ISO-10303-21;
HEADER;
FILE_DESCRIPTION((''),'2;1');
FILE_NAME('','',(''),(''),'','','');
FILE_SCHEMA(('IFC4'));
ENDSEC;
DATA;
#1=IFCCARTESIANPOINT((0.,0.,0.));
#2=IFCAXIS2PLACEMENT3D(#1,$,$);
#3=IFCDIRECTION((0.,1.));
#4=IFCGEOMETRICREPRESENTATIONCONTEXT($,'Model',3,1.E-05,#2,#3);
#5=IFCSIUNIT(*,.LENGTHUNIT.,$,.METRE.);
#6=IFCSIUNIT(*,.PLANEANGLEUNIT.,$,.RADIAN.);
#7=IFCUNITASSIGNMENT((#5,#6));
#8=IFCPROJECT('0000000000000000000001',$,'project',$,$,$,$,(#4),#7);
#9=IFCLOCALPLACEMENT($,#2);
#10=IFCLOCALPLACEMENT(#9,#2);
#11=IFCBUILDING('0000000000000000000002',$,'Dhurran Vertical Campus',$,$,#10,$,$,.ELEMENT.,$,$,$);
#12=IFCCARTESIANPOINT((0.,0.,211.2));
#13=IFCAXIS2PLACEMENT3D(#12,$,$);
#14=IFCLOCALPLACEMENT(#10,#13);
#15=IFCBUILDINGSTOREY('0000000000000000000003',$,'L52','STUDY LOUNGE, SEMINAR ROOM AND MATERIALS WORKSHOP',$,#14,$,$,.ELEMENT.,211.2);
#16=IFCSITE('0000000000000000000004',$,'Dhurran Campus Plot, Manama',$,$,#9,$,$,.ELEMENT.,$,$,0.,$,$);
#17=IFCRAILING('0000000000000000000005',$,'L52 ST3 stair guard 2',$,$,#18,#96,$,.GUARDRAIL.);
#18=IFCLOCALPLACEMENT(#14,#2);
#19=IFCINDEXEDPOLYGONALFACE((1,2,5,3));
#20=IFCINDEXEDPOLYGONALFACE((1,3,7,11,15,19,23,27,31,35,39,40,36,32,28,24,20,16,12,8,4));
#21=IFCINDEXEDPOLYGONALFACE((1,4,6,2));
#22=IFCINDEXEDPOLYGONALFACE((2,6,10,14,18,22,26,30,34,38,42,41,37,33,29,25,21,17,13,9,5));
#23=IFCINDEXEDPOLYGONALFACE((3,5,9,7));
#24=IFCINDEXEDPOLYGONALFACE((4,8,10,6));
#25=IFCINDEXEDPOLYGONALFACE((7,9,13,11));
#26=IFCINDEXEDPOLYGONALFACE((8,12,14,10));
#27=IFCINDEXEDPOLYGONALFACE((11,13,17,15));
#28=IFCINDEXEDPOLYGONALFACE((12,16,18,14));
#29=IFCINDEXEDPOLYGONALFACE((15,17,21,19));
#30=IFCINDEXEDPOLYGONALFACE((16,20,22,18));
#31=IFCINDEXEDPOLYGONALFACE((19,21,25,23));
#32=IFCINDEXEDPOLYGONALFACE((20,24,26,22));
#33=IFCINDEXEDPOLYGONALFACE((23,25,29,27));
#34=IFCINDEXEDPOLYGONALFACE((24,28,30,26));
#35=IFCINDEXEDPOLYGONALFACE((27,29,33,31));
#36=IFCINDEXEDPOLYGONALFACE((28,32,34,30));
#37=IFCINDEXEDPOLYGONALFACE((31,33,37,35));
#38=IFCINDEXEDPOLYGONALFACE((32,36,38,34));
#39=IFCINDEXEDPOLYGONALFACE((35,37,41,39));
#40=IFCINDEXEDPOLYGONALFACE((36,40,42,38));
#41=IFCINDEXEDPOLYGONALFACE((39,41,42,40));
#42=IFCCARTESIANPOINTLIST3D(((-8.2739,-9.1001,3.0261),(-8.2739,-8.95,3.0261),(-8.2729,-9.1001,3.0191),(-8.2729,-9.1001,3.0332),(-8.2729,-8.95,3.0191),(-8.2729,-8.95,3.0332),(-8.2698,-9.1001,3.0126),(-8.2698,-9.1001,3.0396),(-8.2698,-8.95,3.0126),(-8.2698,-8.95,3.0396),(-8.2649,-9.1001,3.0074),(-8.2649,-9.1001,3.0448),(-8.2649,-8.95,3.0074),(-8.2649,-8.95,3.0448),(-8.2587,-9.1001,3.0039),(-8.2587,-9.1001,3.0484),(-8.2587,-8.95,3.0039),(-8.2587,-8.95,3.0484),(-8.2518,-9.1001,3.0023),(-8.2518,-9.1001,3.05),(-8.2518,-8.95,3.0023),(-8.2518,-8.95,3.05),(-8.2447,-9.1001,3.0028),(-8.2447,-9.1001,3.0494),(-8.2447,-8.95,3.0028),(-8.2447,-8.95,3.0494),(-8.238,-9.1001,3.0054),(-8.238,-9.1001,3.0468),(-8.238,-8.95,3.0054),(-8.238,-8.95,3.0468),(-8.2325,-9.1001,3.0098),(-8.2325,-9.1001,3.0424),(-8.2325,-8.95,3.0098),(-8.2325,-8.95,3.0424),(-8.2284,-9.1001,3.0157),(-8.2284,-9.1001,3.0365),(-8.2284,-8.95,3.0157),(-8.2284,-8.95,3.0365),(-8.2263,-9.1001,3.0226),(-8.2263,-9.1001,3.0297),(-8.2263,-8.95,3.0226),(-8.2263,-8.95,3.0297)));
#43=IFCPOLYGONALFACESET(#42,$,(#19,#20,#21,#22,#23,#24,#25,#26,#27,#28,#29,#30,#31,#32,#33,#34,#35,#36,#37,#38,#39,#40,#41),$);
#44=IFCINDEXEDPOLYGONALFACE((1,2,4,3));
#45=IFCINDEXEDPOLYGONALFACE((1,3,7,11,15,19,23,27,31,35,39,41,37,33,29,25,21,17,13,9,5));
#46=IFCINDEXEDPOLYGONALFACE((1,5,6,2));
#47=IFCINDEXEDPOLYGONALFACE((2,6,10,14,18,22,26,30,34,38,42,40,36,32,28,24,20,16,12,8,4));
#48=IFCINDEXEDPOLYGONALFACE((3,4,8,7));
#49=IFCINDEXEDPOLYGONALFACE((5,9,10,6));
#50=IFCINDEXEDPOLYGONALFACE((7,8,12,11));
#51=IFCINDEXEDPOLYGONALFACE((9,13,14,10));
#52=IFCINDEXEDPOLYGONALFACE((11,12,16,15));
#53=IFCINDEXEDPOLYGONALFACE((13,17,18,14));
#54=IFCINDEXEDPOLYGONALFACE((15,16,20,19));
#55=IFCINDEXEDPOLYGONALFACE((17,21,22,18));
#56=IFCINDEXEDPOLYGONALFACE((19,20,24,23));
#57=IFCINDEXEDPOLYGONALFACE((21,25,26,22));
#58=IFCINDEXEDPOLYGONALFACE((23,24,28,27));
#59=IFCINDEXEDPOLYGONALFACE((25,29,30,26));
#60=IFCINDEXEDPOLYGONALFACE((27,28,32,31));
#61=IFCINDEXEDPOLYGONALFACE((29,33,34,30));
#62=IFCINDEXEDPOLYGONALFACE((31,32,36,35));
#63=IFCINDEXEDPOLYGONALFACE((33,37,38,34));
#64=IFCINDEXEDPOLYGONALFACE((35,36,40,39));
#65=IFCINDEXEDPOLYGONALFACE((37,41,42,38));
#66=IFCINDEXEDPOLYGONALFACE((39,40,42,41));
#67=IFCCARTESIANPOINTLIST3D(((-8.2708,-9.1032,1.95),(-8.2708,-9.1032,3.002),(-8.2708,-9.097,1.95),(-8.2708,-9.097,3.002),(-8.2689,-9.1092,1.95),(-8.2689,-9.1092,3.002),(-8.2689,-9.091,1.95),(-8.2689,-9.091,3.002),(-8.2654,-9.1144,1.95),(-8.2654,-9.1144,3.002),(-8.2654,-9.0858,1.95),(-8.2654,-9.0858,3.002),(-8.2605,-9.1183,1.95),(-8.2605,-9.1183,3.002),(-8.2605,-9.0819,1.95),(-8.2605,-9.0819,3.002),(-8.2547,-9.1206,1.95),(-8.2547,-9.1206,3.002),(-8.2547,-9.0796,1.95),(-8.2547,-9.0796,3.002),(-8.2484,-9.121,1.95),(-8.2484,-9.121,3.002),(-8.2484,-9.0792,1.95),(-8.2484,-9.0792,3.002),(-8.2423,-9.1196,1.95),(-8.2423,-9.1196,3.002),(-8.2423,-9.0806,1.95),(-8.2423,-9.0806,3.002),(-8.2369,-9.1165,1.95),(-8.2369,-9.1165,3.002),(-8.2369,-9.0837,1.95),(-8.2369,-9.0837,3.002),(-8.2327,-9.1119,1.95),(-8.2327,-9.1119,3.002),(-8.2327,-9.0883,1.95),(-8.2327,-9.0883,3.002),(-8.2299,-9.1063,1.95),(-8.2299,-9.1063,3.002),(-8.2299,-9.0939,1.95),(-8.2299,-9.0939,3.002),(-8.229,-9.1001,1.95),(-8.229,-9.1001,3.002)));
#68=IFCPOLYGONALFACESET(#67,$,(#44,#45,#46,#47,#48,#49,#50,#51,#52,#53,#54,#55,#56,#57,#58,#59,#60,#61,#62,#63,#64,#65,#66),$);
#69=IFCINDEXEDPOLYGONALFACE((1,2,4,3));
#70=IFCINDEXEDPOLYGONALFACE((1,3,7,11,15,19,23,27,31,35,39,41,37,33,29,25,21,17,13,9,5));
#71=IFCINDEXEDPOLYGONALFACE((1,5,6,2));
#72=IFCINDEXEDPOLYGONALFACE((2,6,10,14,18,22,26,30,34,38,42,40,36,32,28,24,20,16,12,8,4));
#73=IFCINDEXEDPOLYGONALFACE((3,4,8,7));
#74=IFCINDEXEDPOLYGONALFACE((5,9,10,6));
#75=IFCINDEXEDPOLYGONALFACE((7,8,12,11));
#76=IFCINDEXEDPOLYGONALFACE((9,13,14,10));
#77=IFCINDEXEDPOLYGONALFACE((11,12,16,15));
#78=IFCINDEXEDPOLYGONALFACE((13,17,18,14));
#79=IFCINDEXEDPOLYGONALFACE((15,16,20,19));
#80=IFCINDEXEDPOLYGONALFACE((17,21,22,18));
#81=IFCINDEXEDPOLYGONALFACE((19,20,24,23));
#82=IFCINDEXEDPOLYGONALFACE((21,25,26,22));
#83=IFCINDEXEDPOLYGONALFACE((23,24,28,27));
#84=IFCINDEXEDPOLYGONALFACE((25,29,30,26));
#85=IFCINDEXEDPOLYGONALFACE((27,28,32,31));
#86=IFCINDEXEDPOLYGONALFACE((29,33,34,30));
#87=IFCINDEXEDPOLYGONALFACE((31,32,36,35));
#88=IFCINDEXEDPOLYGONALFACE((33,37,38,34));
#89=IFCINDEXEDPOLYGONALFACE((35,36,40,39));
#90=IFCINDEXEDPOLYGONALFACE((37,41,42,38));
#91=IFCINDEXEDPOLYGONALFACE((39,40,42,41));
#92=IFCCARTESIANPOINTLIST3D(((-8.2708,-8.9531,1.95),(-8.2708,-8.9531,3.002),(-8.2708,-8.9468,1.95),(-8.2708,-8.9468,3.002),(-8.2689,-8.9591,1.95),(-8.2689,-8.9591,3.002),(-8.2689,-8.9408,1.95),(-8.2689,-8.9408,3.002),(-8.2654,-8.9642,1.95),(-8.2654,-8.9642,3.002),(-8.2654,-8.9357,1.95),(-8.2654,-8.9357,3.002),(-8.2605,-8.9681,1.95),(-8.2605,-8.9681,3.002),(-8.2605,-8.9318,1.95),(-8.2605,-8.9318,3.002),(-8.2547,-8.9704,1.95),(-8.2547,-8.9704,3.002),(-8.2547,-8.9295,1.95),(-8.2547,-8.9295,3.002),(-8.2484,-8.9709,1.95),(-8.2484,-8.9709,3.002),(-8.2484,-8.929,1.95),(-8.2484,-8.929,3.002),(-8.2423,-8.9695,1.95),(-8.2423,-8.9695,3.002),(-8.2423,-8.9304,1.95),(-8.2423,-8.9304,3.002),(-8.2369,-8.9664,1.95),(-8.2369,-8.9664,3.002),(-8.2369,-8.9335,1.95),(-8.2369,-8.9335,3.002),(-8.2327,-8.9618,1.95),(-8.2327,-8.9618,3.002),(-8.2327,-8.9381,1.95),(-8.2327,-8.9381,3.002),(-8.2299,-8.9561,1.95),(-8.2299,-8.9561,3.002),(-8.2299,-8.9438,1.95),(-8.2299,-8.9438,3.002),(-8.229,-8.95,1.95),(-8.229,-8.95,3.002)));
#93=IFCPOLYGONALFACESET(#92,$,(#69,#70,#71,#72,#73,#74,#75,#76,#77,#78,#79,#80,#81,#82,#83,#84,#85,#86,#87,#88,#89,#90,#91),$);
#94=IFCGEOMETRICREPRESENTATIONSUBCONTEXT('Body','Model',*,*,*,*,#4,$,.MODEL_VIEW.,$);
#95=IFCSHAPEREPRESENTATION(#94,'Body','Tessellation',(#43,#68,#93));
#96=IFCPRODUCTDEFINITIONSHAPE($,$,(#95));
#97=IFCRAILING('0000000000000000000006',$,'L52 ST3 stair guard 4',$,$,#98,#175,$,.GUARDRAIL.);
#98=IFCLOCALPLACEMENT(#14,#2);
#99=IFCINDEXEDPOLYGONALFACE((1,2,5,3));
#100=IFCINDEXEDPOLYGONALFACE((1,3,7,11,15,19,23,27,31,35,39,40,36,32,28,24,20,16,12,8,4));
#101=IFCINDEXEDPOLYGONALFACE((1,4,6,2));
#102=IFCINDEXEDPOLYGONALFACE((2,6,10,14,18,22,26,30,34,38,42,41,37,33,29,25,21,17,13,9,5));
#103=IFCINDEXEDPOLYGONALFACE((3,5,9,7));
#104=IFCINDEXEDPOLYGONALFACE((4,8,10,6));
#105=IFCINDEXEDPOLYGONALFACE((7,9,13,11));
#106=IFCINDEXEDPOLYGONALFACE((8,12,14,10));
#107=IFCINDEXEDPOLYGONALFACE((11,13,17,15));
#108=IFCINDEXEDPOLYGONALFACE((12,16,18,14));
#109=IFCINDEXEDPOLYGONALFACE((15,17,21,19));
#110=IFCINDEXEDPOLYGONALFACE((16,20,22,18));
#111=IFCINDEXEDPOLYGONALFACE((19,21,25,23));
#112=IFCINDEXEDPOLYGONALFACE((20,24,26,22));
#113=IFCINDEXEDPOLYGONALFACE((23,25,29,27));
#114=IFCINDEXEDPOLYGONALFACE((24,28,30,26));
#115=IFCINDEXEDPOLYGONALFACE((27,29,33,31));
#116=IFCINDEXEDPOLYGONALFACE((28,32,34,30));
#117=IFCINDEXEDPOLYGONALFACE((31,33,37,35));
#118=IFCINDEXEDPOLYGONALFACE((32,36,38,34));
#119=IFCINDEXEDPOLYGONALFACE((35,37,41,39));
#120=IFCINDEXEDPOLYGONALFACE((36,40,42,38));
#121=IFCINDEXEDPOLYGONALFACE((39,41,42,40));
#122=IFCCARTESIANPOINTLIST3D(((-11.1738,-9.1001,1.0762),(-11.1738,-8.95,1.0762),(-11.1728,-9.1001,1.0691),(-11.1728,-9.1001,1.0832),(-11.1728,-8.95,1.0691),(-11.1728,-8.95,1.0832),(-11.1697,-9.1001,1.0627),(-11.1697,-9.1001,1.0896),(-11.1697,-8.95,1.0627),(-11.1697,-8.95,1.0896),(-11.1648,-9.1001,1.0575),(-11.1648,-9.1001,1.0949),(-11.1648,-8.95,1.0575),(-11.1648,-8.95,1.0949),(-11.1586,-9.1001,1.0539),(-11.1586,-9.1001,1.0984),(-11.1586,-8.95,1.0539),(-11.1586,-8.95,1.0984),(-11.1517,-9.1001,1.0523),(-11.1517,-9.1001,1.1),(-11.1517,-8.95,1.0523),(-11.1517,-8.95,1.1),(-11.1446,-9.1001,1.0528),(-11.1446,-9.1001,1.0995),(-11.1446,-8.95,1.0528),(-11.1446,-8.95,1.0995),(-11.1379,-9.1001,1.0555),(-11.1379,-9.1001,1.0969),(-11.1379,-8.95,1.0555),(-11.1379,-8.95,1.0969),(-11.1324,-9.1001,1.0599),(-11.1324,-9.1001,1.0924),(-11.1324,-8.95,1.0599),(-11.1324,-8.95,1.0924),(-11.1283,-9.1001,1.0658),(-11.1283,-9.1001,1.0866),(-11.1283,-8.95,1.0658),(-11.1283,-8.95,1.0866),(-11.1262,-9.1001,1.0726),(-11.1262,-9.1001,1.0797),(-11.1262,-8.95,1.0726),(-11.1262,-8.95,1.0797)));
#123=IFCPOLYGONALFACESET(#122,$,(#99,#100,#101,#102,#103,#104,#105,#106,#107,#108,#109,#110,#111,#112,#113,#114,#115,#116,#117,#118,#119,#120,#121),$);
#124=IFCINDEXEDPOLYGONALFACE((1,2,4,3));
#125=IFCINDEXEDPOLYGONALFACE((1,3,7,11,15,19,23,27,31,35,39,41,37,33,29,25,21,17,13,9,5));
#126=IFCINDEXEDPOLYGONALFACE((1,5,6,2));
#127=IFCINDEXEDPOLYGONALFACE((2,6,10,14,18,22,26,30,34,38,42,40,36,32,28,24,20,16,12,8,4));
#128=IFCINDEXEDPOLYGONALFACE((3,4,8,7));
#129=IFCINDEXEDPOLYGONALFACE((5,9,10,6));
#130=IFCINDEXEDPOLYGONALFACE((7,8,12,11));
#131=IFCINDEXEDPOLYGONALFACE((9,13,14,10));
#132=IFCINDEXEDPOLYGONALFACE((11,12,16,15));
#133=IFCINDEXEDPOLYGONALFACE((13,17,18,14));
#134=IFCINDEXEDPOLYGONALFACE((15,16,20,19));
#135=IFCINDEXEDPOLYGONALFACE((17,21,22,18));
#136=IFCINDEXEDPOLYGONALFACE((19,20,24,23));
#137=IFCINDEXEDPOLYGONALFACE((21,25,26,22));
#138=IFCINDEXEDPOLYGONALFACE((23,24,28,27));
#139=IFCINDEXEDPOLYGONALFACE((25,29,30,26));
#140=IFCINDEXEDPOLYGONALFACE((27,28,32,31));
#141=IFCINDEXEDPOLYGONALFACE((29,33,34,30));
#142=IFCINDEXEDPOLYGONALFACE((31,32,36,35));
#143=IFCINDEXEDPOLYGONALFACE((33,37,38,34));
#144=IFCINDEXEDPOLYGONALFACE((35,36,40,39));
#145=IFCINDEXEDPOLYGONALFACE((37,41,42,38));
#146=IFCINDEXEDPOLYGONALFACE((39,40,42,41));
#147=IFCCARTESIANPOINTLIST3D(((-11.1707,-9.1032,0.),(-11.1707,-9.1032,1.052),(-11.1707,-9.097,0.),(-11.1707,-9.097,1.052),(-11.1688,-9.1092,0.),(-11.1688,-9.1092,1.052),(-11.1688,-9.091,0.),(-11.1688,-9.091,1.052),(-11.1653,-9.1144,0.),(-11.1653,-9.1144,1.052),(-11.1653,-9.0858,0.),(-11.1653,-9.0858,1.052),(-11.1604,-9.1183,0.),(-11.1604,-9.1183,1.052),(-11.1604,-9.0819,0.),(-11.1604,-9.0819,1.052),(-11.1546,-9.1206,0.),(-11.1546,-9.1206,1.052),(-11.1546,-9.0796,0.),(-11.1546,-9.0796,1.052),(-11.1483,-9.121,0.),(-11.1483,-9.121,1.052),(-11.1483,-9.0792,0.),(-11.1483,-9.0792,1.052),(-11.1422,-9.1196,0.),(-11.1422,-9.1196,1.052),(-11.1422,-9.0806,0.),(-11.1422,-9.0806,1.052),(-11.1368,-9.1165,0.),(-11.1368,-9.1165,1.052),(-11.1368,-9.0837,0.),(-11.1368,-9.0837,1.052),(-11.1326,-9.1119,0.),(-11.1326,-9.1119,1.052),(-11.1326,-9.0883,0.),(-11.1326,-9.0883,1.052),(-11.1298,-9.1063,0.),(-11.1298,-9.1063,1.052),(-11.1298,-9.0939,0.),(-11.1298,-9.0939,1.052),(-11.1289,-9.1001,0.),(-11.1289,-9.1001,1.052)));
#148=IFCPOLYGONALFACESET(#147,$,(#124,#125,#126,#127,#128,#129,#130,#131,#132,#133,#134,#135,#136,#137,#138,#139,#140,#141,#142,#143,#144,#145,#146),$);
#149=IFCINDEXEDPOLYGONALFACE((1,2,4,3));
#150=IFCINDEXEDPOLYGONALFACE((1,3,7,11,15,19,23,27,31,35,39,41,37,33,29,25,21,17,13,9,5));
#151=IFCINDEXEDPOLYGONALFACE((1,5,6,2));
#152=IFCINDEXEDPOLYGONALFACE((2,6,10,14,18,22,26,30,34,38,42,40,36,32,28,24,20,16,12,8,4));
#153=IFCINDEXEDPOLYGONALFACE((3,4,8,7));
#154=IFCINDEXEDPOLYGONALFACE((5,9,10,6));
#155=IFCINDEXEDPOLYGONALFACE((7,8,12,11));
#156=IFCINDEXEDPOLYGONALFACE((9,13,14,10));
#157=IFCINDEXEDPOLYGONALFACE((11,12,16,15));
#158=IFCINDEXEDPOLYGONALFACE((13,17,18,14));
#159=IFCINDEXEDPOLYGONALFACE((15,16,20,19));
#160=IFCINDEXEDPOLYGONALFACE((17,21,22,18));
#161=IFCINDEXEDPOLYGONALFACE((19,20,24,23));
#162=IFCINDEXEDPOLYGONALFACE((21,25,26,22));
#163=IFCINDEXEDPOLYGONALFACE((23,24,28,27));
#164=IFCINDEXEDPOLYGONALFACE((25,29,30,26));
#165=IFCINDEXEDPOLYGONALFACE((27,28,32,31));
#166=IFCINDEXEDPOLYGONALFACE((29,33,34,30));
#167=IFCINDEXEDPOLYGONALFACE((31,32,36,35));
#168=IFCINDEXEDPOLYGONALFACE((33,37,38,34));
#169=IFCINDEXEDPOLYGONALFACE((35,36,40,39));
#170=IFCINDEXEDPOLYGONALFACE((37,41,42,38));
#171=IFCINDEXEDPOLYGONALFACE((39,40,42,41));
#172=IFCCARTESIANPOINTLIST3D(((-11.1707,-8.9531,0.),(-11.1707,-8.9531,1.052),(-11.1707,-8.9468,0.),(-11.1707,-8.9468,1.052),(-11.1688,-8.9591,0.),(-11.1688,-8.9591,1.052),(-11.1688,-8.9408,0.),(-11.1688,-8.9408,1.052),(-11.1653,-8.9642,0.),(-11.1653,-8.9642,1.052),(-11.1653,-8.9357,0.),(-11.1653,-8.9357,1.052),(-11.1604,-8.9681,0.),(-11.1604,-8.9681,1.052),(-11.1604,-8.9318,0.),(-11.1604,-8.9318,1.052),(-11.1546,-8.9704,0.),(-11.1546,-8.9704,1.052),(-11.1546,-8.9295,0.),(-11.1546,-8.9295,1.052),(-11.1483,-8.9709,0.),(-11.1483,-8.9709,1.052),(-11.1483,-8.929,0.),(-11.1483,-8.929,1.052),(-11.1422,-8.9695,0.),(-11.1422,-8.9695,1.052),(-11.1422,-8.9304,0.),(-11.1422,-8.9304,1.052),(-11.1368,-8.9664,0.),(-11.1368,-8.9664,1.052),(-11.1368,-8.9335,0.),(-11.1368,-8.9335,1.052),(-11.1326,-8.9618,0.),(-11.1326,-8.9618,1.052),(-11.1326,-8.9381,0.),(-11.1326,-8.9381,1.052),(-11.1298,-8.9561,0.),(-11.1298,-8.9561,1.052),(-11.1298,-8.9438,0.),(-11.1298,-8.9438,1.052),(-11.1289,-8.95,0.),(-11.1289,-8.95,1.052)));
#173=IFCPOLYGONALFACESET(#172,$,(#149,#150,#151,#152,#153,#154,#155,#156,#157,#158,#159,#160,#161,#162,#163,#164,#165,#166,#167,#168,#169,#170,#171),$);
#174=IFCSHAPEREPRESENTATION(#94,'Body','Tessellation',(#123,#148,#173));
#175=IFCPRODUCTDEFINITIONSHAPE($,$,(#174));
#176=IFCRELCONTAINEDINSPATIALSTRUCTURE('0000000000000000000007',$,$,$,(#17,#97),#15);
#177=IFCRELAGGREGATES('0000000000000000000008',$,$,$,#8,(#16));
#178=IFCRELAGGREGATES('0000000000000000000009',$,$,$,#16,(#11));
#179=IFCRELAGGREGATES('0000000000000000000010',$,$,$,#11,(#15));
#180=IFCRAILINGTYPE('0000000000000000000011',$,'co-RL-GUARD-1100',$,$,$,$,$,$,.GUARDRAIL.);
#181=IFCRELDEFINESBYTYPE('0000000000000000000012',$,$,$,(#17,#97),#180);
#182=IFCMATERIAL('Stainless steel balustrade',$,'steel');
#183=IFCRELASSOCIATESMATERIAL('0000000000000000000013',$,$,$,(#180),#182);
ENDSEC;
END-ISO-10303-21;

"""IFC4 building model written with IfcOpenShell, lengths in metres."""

from ifc_helpers import new_model, si_unit, direction, frame, origin, origin_2d, place, context, subcontext, project, spatial, circle, extrude, material, type_object, element, save


model = new_model("IFC4")

# Units and contexts
model_context = context("Model", 3, precision=1e-05, world=origin(), true_north=direction((0.0, 1.0)))
body_context = subcontext(model_context, "Body", "Model", "MODEL_VIEW")
ifc_project = project(units=[si_unit("LENGTHUNIT", "METRE"), si_unit("PLANEANGLEUNIT", "RADIAN")], contexts=[model_context])

# Site, building, storey
site_placement = place(None, origin())
site = spatial("IfcSite", under=ifc_project, at=site_placement, Name="Dhurran Campus Plot, Manama", CompositionType="ELEMENT", RefElevation=0.0)
building_placement = place(site_placement, origin())
building = spatial("IfcBuilding", under=site, at=building_placement, Name="Dhurran Vertical Campus", CompositionType="ELEMENT")
storey_placement = place(building_placement, frame((0.0, 0.0, 211.2)))
storey = spatial("IfcBuildingStorey", under=building, at=storey_placement, Name="L52", Description="STUDY LOUNGE, SEMINAR ROOM AND MATERIALS WORKSHOP", CompositionType="ELEMENT", Elevation=211.2)

# Railings
ifc_material_1 = material(Name="Stainless steel balustrade", Category="steel")
railing_type_1 = type_object("IfcRailingType", Name="co-RL-GUARD-1100", PredefinedType="GUARDRAIL", material=ifc_material_1)
for number, where, name in (
    (1, (-8.25, -9.1001, 1.95), "L52 ST3 stair guard 2"),
    (2, (-11.1499, -9.1001, 0.0), "L52 ST3 stair guard 4"),
):
    element("IfcRailing", number, at=place(storey_placement, frame(where)), inside=storey, type_object=railing_type_1, Name=name, PredefinedType="GUARDRAIL", context=body_context, shape_type="SweptSolid", body=[
        extrude(circle(Radius=0.0239, at=origin_2d()), frame((0.0, 0.0, 1.0762), z_axis=(0.0, 1.0, 0.0), x_axis=(-1.0, 0.0, 0.0)), (0.0, 0.0, 1.0), 0.1501),
        extrude(circle(Radius=0.021, at=origin_2d()), origin(), (0.0, 0.0, 1.0), 1.052),
        extrude(circle(Radius=0.021, at=origin_2d()), frame((0.0, 0.1501, 0.0)), (0.0, 0.0, 1.0), 1.052),
    ])

save(model, "model.ifc")
